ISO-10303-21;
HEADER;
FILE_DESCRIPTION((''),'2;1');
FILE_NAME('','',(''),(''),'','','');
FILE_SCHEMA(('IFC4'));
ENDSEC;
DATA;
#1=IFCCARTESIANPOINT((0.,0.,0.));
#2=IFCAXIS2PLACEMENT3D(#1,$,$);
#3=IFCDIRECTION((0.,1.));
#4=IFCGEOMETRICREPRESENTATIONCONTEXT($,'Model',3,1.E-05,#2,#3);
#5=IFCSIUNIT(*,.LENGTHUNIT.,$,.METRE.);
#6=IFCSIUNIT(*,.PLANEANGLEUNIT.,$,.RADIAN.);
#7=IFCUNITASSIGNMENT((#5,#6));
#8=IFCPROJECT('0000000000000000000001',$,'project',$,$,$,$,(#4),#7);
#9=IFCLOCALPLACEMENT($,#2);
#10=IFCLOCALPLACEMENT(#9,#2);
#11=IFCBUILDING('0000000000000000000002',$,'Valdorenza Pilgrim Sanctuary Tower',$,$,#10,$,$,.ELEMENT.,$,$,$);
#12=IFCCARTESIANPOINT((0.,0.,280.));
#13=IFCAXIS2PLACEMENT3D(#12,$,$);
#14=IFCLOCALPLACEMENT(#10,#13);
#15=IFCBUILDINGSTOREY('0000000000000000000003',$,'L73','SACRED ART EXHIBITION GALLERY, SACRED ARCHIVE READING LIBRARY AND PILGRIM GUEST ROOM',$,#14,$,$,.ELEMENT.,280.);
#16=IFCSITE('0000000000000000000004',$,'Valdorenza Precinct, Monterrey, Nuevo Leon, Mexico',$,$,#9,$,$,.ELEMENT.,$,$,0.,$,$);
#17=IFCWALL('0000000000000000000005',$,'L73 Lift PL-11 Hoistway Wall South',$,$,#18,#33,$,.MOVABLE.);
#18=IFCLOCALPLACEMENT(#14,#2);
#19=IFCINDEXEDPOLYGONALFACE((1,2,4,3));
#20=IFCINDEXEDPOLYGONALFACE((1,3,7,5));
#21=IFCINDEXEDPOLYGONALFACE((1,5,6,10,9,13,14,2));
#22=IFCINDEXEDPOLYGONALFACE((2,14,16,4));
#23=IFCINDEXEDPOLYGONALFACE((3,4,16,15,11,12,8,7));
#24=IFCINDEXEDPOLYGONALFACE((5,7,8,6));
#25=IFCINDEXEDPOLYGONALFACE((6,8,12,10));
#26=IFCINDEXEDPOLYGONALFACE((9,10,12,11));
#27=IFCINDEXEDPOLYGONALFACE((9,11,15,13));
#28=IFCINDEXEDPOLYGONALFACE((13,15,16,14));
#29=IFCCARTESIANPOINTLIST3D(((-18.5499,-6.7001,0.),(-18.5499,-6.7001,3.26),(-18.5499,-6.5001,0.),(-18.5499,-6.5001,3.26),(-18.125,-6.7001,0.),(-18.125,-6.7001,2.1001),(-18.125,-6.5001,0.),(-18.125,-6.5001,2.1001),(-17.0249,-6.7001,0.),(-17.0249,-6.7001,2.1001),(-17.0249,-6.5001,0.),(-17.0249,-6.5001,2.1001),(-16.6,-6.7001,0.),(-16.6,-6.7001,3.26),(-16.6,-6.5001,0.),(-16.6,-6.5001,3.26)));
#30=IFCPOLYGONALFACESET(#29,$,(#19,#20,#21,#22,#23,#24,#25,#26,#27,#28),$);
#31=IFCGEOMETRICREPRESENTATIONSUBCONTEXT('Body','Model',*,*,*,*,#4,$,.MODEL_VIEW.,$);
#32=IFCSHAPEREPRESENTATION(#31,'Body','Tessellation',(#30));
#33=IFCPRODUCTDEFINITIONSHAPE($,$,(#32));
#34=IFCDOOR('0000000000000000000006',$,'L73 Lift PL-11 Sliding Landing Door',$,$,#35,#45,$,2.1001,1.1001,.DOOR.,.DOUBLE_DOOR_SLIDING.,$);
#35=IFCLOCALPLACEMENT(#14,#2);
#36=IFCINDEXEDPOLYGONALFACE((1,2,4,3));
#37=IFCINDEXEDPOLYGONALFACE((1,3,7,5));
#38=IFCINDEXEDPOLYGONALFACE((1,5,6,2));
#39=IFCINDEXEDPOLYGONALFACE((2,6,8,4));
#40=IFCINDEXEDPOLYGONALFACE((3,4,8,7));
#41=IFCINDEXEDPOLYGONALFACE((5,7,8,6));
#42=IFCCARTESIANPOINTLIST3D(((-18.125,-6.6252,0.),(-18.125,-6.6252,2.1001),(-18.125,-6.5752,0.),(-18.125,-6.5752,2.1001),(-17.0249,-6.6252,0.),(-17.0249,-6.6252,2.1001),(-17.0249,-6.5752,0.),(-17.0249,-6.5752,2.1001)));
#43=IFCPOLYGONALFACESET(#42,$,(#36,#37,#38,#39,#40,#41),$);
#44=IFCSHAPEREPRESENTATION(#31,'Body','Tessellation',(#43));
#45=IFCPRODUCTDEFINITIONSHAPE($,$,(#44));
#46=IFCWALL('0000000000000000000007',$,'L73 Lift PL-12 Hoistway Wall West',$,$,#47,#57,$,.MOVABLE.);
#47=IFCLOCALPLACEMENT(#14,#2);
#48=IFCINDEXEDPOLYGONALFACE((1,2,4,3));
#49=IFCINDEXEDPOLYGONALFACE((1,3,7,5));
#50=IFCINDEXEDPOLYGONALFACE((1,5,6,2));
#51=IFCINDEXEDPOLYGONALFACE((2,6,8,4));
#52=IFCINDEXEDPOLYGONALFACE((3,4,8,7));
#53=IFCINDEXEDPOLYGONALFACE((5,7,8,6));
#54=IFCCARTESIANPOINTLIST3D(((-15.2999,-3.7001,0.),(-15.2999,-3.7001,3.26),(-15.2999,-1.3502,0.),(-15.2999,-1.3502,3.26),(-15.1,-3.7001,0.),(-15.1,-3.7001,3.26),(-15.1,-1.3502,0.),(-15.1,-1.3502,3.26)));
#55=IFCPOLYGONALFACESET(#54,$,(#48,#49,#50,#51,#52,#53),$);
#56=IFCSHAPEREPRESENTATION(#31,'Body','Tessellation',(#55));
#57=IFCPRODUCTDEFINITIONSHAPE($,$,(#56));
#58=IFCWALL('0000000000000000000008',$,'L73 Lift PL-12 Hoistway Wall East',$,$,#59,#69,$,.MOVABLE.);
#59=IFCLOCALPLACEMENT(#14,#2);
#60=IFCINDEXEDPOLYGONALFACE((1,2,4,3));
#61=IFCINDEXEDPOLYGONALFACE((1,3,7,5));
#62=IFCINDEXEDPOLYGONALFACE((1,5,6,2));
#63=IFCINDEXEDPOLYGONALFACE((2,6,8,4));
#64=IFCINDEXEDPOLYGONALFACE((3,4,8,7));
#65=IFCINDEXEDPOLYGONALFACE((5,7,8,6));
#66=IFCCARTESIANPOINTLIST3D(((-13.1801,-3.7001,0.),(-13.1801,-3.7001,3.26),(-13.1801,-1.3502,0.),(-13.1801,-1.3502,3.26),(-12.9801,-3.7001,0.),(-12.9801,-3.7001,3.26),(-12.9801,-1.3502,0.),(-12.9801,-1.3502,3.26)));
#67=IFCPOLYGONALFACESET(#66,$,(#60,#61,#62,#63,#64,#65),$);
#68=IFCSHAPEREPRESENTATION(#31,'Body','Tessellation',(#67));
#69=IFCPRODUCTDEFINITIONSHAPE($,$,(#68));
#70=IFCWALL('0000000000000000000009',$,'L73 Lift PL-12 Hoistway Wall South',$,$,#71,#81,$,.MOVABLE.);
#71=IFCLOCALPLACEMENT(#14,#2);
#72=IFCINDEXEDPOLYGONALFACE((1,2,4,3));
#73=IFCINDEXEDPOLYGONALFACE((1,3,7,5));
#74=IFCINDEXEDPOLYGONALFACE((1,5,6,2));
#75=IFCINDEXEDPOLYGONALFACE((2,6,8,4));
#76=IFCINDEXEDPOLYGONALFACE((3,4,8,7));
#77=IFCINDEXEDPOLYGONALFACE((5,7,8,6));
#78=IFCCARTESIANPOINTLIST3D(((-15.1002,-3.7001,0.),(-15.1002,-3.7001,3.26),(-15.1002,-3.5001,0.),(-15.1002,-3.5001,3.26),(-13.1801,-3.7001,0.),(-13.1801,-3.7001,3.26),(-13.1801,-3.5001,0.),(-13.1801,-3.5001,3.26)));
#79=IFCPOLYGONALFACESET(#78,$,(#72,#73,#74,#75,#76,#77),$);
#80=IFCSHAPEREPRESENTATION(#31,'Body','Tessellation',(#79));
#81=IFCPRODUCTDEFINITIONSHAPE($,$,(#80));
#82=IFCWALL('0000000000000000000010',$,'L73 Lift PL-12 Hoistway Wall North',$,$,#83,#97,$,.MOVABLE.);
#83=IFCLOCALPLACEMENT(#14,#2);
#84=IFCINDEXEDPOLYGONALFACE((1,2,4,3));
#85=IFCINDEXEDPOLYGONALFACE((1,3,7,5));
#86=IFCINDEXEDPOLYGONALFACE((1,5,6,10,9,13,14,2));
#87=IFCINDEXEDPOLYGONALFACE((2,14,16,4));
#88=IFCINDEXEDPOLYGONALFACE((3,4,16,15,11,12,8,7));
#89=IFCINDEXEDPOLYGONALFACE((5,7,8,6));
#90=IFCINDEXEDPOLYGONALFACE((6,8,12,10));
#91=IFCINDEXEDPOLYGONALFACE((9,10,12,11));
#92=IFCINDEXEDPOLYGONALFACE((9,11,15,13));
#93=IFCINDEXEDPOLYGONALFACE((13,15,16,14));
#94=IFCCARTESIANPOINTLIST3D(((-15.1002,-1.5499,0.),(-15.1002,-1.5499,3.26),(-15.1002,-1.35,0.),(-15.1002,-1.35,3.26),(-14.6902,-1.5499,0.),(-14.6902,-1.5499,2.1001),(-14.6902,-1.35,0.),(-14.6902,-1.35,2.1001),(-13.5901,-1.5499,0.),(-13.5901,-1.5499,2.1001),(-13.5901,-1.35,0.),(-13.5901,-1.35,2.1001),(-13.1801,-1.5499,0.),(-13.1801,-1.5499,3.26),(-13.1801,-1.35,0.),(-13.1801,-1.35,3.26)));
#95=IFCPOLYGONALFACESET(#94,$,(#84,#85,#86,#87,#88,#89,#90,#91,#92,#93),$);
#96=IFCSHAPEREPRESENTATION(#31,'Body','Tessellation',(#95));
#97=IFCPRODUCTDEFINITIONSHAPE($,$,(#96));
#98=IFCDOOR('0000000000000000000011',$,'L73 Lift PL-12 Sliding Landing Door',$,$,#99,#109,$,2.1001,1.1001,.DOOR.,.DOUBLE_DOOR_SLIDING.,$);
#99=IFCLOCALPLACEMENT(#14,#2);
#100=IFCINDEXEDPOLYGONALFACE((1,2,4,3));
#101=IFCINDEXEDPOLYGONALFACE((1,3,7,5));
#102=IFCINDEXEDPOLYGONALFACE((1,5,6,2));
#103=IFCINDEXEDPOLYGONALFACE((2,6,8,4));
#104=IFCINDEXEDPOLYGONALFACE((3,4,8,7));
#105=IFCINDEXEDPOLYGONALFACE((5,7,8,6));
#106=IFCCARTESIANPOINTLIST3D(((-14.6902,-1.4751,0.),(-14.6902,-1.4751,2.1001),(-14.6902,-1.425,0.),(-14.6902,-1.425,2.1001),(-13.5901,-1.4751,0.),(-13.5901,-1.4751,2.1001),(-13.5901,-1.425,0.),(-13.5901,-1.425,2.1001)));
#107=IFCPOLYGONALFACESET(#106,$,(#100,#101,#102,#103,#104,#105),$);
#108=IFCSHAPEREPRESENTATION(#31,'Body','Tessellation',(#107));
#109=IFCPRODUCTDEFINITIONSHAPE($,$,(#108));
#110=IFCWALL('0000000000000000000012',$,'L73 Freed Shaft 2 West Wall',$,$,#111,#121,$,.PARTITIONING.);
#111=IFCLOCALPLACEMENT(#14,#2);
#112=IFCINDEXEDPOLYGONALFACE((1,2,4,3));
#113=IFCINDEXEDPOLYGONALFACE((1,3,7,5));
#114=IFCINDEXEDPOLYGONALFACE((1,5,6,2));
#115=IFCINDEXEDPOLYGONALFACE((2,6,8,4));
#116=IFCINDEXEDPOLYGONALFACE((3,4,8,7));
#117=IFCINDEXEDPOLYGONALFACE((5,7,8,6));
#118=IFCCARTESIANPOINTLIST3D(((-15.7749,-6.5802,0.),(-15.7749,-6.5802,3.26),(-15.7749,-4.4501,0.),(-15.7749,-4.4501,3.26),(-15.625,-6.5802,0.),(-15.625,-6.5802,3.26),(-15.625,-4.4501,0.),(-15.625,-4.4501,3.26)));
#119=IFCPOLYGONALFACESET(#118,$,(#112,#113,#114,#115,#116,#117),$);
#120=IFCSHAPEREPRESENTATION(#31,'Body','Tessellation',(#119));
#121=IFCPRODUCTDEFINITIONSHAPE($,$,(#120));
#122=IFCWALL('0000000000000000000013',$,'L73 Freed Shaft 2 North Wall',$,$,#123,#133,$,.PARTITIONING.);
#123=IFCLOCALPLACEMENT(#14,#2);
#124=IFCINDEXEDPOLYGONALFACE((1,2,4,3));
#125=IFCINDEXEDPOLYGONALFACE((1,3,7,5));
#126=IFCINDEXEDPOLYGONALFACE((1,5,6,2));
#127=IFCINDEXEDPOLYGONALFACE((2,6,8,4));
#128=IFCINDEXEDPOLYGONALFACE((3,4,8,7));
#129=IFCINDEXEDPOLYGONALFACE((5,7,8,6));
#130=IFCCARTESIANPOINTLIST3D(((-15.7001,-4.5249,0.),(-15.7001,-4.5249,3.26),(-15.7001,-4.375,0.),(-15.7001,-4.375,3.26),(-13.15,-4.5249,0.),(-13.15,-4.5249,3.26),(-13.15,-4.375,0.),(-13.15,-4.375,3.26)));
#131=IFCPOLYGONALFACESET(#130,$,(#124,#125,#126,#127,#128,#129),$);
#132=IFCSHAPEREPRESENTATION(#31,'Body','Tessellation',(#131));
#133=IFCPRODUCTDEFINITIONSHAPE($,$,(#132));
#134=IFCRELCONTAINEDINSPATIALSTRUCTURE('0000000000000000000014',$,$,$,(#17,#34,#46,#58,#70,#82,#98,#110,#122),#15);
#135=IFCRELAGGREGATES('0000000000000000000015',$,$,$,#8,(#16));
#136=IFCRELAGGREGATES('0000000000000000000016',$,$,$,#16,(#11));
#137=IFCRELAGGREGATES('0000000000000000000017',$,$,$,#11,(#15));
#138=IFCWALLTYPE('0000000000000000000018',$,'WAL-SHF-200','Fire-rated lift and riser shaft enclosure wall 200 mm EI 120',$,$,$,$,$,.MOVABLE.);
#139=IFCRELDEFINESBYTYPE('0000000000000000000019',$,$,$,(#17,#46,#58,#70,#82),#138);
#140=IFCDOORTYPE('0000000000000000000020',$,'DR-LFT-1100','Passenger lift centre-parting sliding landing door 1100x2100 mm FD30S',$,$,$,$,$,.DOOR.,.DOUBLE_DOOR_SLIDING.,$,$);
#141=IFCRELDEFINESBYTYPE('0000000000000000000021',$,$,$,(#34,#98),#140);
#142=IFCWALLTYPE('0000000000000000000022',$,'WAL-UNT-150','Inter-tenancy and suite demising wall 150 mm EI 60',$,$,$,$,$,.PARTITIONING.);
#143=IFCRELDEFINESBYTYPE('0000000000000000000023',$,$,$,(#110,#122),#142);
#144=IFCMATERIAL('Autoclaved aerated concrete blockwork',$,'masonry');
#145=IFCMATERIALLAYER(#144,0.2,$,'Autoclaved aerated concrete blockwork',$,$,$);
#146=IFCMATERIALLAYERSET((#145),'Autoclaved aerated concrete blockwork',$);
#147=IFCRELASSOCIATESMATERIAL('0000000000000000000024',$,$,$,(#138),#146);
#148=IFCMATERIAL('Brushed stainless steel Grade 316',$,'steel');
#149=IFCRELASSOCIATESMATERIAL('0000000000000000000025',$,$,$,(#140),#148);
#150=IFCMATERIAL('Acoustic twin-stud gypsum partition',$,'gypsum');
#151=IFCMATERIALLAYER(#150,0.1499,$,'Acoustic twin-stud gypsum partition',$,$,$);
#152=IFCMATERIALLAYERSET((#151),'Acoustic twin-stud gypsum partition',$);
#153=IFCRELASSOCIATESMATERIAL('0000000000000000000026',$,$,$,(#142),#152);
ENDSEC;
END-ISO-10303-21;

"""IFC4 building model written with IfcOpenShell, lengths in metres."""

from ifc_helpers import new_model, si_unit, direction, frame, frame_2d, origin, place, context, subcontext, project, spatial, rectangle, extrude, material, layer, layer_set, type_object, element, fill, save


model = new_model("IFC4")

# Units and contexts
model_context = context("Model", 3, precision=1e-05, world=origin(), true_north=direction((0.0, 1.0)))
body_context = subcontext(model_context, "Body", "Model", "MODEL_VIEW")
ifc_project = project(units=[si_unit("LENGTHUNIT", "METRE"), si_unit("PLANEANGLEUNIT", "RADIAN")], contexts=[model_context])

# Site, building, storey
site_placement = place(None, origin())
site = spatial("IfcSite", under=ifc_project, at=site_placement, Name="Valdorenza Precinct, Monterrey, Nuevo Leon, Mexico", CompositionType="ELEMENT", RefElevation=0.0)
building_placement = place(site_placement, origin())
building = spatial("IfcBuilding", under=site, at=building_placement, Name="Valdorenza Pilgrim Sanctuary Tower", CompositionType="ELEMENT")
storey_placement = place(building_placement, frame((0.0, 0.0, 280.0)))
storey = spatial("IfcBuildingStorey", under=building, at=storey_placement, Name="L73", Description="SACRED ART EXHIBITION GALLERY, SACRED ARCHIVE READING LIBRARY AND PILGRIM GUEST ROOM", CompositionType="ELEMENT", Elevation=280.0)

# Shared definitions
ifc_material_1 = material(Name="Acoustic twin-stud gypsum partition", Category="gypsum")

# Shared definitions
ifc_material_2 = material(Name="Autoclaved aerated concrete blockwork", Category="masonry")
ifc_layer_1 = layer(ifc_material_2, 0.2, Name="Autoclaved aerated concrete blockwork")
ifc_layer_set_1 = layer_set([ifc_layer_1], Name="Autoclaved aerated concrete blockwork")
wall_type_1 = type_object("IfcWallType", Name="WAL-SHF-200", Description="Fire-rated lift and riser shaft enclosure wall 200 mm EI 120", PredefinedType="MOVABLE", material=ifc_layer_set_1)

# Shared definitions
ifc_material_3 = material(Name="Brushed stainless steel Grade 316", Category="steel")

# Wall, opening, door
wall_1_placement = place(storey_placement, frame((-18.55, -6.6001, 0.0), z_axis=(0.0, 0.0, 1.0), x_axis=(1.0, 0.0, 0.0)))
wall_1 = element("IfcWall", 1, at=wall_1_placement, inside=storey, type_object=wall_type_1, Name="L73 Lift PL-11 Hoistway Wall South", PredefinedType="MOVABLE", context=body_context, shape_type="SweptSolid", body=[
    extrude(rectangle(XDim=1.95, YDim=0.2, at=frame_2d((0.9751, 0.0))), origin(), (0.0, 0.0, 1.0), 3.26),
])
opening_1_placement = place(wall_1_placement, frame((0.425, 0.0, 0.0)))
opening_1 = element("IfcOpeningElement", 2, at=opening_1_placement, cuts=wall_1, PredefinedType="OPENING", context=body_context, shape_type="SweptSolid", body=[
    extrude(rectangle(XDim=1.1001, YDim=2.1001, at=frame_2d((0.55, 1.05))), frame((0.0, 0.1147, 0.0), z_axis=(0.0, -1.0, 0.0), x_axis=(1.0, 0.0, 0.0)), (0.0, 0.0, 1.0), 0.2297),
])
door_type_1 = type_object("IfcDoorType", Name="DR-LFT-1100", Description="Passenger lift centre-parting sliding landing door 1100x2100 mm FD30S", OperationType="DOUBLE_DOOR_SLIDING", PredefinedType="DOOR", material=ifc_material_3)
door_1_placement = place(opening_1_placement, origin())
door_1 = element("IfcDoor", 3, at=door_1_placement, inside=storey, type_object=door_type_1, Name="L73 Lift PL-11 Sliding Landing Door", OperationType="DOUBLE_DOOR_SLIDING", OverallHeight=2.1001, OverallWidth=1.1001, PredefinedType="DOOR", context=body_context, shape_type="SweptSolid", body=[
    extrude(rectangle(XDim=1.1001, YDim=2.1001, at=frame_2d((0.55, 1.05))), frame((0.0, 0.0249, 0.0), z_axis=(0.0, -1.0, 0.0), x_axis=(1.0, 0.0, 0.0)), (0.0, 0.0, 1.0), 0.05),
])
fill(opening_1, door_1)

# Walls
for number, where, z_axis, x_axis, name in (
    (4, (-15.2, -3.7, 0.0), (0.0, 0.0, 1.0), (0.0, 1.0, 0.0), "L73 Lift PL-12 Hoistway Wall West"),
    (5, (-13.0801, -3.7, 0.0), (0.0, 0.0, 1.0), (0.0, 1.0, 0.0), "L73 Lift PL-12 Hoistway Wall East"),
):
    element("IfcWall", number, at=place(storey_placement, frame(where, z_axis=z_axis, x_axis=x_axis)), inside=storey, type_object=wall_type_1, Name=name, PredefinedType="MOVABLE", context=body_context, shape_type="SweptSolid", body=[
        extrude(rectangle(XDim=2.3499, YDim=0.2, at=frame_2d((1.1748, 0.0))), origin(), (0.0, 0.0, 1.0), 3.26),
    ])
wall_2_placement = place(storey_placement, frame((-15.1001, -3.6001, 0.0), z_axis=(0.0, 0.0, 1.0), x_axis=(1.0, 0.0, 0.0)))
element("IfcWall", 6, at=wall_2_placement, inside=storey, type_object=wall_type_1, Name="L73 Lift PL-12 Hoistway Wall South", PredefinedType="MOVABLE", context=body_context, shape_type="SweptSolid", body=[
    extrude(rectangle(XDim=1.9202, YDim=0.2, at=frame_2d((0.96, 0.0))), origin(), (0.0, 0.0, 1.0), 3.26),
])

# Wall, opening, door
wall_3_placement = place(storey_placement, frame((-15.1001, -1.45, 0.0), z_axis=(0.0, 0.0, 1.0), x_axis=(1.0, 0.0, 0.0)))
wall_3 = element("IfcWall", 7, at=wall_3_placement, inside=storey, type_object=wall_type_1, Name="L73 Lift PL-12 Hoistway Wall North", PredefinedType="MOVABLE", context=body_context, shape_type="SweptSolid", body=[
    extrude(rectangle(XDim=1.9202, YDim=0.2, at=frame_2d((0.96, 0.0))), origin(), (0.0, 0.0, 1.0), 3.26),
])
opening_2_placement = place(wall_3_placement, frame((0.4099, 0.0, 0.0)))
opening_2 = element("IfcOpeningElement", 8, at=opening_2_placement, cuts=wall_3, PredefinedType="OPENING", context=body_context, shape_type="SweptSolid", body=[
    extrude(rectangle(XDim=1.1001, YDim=2.1001, at=frame_2d((0.55, 1.05))), frame((0.0, 0.1147, 0.0), z_axis=(0.0, -1.0, 0.0), x_axis=(1.0, 0.0, 0.0)), (0.0, 0.0, 1.0), 0.2297),
])
door_2_placement = place(opening_2_placement, origin())
door_2 = element("IfcDoor", 9, at=door_2_placement, inside=storey, type_object=door_type_1, Name="L73 Lift PL-12 Sliding Landing Door", OperationType="DOUBLE_DOOR_SLIDING", OverallHeight=2.1001, OverallWidth=1.1001, PredefinedType="DOOR", context=body_context, shape_type="SweptSolid", body=[
    extrude(rectangle(XDim=1.1001, YDim=2.1001, at=frame_2d((0.55, 1.05))), frame((0.0, 0.0249, 0.0), z_axis=(0.0, -1.0, 0.0), x_axis=(1.0, 0.0, 0.0)), (0.0, 0.0, 1.0), 0.05),
])
fill(opening_2, door_2)

# Walls
ifc_layer_2 = layer(ifc_material_1, 0.1499, Name="Acoustic twin-stud gypsum partition")
ifc_layer_set_2 = layer_set([ifc_layer_2], Name="Acoustic twin-stud gypsum partition")
wall_type_2 = type_object("IfcWallType", Name="WAL-UNT-150", Description="Inter-tenancy and suite demising wall 150 mm EI 60", PredefinedType="PARTITIONING", material=ifc_layer_set_2)
wall_4_placement = place(storey_placement, frame((-15.7, -6.5801, 0.0), z_axis=(0.0, 0.0, 1.0), x_axis=(0.0, 1.0, 0.0)))
element("IfcWall", 10, at=wall_4_placement, inside=storey, type_object=wall_type_2, Name="L73 Freed Shaft 2 West Wall", PredefinedType="PARTITIONING", context=body_context, shape_type="SweptSolid", body=[
    extrude(rectangle(XDim=2.1301, YDim=0.1499, at=frame_2d((1.0649, 0.0))), origin(), (0.0, 0.0, 1.0), 3.26),
])
wall_5_placement = place(storey_placement, frame((-15.7, -4.45, 0.0), z_axis=(0.0, 0.0, 1.0), x_axis=(1.0, 0.0, 0.0)))
element("IfcWall", 11, at=wall_5_placement, inside=storey, type_object=wall_type_2, Name="L73 Freed Shaft 2 North Wall", PredefinedType="PARTITIONING", context=body_context, shape_type="SweptSolid", body=[
    extrude(rectangle(XDim=2.55, YDim=0.1499, at=frame_2d((1.2749, 0.0))), origin(), (0.0, 0.0, 1.0), 3.26),
])

save(model, "model.ifc")
